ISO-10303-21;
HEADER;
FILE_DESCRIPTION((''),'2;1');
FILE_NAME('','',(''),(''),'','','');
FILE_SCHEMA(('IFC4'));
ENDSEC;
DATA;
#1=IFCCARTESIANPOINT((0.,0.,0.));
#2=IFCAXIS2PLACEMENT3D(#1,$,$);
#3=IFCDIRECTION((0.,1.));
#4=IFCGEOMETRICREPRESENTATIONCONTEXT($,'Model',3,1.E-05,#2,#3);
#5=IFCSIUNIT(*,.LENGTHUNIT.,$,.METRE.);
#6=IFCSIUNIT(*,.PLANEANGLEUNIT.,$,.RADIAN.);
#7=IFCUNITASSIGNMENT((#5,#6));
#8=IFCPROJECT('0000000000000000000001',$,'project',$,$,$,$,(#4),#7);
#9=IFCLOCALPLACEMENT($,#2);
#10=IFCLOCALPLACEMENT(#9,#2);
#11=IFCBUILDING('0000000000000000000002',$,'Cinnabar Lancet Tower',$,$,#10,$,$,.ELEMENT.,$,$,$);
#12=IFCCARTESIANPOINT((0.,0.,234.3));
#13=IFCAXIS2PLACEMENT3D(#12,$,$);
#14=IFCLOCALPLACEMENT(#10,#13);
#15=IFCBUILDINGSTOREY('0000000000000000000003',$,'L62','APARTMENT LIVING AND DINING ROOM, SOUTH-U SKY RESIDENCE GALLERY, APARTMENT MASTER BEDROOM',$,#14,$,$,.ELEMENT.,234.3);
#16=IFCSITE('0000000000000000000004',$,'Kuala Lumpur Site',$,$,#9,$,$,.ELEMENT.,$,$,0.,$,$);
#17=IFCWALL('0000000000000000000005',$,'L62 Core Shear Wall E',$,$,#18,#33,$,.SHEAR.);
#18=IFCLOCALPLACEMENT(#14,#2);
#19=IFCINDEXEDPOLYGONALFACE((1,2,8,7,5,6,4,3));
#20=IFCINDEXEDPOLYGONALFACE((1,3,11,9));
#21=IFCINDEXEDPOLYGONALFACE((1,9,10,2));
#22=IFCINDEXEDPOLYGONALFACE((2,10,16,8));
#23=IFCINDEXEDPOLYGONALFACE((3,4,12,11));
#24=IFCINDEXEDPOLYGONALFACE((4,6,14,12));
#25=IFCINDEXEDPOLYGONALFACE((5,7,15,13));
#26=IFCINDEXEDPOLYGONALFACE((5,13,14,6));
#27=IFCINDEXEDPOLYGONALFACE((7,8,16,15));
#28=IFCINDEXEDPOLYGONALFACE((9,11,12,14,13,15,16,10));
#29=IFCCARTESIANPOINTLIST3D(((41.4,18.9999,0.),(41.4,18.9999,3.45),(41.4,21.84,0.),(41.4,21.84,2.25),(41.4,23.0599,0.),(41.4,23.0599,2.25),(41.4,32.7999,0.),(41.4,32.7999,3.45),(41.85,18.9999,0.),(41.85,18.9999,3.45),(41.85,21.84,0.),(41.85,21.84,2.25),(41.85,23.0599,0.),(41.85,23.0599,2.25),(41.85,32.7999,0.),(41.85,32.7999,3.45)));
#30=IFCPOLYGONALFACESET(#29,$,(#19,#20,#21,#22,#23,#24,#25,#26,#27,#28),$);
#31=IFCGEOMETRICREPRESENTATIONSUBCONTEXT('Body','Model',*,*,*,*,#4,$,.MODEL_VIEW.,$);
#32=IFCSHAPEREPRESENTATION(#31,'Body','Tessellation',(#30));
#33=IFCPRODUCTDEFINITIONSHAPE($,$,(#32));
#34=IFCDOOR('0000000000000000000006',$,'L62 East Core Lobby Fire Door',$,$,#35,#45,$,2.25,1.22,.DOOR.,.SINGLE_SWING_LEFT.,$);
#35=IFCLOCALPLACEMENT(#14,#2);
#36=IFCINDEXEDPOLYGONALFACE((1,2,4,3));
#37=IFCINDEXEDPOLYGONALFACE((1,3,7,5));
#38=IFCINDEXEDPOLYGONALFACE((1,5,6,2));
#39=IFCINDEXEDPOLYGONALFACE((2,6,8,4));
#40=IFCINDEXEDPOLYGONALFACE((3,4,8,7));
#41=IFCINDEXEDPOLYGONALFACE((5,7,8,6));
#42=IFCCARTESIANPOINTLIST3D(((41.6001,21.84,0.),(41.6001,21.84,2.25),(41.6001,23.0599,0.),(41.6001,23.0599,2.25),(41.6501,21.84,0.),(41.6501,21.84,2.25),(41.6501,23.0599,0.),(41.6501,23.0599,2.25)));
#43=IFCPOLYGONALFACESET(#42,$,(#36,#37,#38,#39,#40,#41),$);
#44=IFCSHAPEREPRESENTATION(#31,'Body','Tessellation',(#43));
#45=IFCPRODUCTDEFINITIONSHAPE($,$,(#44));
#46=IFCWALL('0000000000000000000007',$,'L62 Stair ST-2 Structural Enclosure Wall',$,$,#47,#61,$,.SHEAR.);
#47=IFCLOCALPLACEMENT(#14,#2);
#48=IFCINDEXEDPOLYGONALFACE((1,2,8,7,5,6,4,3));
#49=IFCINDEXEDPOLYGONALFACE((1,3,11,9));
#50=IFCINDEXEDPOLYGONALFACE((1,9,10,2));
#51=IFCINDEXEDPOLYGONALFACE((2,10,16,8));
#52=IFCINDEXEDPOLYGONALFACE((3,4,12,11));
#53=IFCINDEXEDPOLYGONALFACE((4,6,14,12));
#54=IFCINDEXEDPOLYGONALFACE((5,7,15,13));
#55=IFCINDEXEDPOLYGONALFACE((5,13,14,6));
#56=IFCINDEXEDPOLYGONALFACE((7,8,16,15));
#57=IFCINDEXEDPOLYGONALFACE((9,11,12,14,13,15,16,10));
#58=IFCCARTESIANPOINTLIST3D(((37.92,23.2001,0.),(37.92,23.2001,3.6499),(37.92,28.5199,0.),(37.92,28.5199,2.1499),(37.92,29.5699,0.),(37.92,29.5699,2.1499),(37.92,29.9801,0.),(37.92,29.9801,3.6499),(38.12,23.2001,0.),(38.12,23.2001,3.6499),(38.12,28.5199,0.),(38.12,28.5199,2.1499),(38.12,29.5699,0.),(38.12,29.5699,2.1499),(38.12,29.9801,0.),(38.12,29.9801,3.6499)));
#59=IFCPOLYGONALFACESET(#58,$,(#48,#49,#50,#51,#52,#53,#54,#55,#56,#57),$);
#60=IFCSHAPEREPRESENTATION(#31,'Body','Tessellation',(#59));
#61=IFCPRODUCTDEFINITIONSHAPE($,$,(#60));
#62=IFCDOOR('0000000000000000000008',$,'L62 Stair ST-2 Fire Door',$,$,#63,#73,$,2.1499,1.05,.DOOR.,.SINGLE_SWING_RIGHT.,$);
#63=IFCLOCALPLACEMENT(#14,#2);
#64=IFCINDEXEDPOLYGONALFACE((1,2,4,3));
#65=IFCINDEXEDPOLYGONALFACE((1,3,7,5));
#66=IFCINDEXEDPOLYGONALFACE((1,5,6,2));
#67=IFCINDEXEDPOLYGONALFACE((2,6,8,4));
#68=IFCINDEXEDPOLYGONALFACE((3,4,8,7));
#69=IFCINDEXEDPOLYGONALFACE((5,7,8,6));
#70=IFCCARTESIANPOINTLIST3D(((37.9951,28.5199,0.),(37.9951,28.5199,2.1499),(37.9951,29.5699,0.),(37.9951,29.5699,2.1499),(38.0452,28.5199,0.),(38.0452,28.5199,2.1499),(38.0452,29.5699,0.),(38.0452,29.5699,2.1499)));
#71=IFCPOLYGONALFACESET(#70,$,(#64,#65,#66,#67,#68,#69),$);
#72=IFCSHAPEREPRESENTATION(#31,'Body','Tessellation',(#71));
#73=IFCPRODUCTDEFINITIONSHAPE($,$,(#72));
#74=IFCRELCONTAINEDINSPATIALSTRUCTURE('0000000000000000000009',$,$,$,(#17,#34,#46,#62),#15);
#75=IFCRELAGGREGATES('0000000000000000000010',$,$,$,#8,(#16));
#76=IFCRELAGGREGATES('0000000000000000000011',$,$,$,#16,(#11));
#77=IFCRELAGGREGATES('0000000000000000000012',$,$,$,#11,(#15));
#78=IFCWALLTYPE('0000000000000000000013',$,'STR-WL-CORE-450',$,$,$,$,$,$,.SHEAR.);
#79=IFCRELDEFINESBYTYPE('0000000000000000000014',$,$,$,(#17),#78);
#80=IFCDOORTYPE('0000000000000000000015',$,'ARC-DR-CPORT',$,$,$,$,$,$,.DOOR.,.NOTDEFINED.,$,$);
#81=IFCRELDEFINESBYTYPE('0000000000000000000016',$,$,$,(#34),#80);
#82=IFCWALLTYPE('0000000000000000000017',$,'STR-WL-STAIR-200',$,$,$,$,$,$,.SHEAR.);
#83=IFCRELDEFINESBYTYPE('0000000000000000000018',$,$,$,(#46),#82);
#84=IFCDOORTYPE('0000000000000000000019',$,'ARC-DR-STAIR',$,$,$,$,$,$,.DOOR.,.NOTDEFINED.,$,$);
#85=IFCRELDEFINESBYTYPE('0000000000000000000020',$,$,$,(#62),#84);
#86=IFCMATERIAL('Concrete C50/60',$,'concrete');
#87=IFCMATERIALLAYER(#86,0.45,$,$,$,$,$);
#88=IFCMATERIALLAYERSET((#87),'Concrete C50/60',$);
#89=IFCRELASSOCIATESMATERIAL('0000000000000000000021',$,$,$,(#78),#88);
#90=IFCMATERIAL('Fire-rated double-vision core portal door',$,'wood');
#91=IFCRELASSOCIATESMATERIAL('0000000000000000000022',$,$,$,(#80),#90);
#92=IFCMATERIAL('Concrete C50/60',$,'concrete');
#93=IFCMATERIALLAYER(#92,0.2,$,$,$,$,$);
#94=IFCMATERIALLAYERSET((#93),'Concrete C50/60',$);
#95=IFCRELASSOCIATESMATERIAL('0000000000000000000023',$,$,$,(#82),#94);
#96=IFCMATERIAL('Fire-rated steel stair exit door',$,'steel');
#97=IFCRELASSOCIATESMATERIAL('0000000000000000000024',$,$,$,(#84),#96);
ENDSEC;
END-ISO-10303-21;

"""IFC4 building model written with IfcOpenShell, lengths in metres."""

from ifc_helpers import new_model, si_unit, direction, frame, frame_2d, origin, place, context, subcontext, project, spatial, rectangle, extrude, material, layer, layer_set, type_object, element, fill, save


model = new_model("IFC4")

# Units and contexts
model_context = context("Model", 3, precision=1e-05, world=origin(), true_north=direction((0.0, 1.0)))
body_context = subcontext(model_context, "Body", "Model", "MODEL_VIEW")
ifc_project = project(units=[si_unit("LENGTHUNIT", "METRE"), si_unit("PLANEANGLEUNIT", "RADIAN")], contexts=[model_context])

# Site, building, storey
site_placement = place(None, origin())
site = spatial("IfcSite", under=ifc_project, at=site_placement, Name="Kuala Lumpur Site", CompositionType="ELEMENT", RefElevation=0.0)
building_placement = place(site_placement, origin())
building = spatial("IfcBuilding", under=site, at=building_placement, Name="Cinnabar Lancet Tower", CompositionType="ELEMENT")
storey_placement = place(building_placement, frame((0.0, 0.0, 234.3)))
storey = spatial("IfcBuildingStorey", under=building, at=storey_placement, Name="L62", Description="APARTMENT LIVING AND DINING ROOM, SOUTH-U SKY RESIDENCE GALLERY, APARTMENT MASTER BEDROOM", CompositionType="ELEMENT", Elevation=234.3)

# Walls, openings, doors
ifc_material_1 = material(Name="Concrete C50/60", Category="concrete")
ifc_layer_1 = layer(ifc_material_1, 0.45)
ifc_layer_set_1 = layer_set([ifc_layer_1], Name="Concrete C50/60")
wall_type_1 = type_object("IfcWallType", Name="STR-WL-CORE-450", PredefinedType="SHEAR", material=ifc_layer_set_1)
wall_1_placement = place(storey_placement, frame((41.625, 19.0, 0.0), z_axis=(0.0, 0.0, 1.0), x_axis=(0.0, 1.0, 0.0)))
wall_1 = element("IfcWall", 1, at=wall_1_placement, inside=storey, type_object=wall_type_1, Name="L62 Core Shear Wall E", PredefinedType="SHEAR", context=body_context, shape_type="SweptSolid", body=[
    extrude(rectangle(XDim=13.8, YDim=0.45, at=frame_2d((6.8999, 0.0))), origin(), (0.0, 0.0, 1.0), 3.45),
])
opening_1_placement = place(wall_1_placement, frame((2.8401, 0.0, 0.0)))
opening_1 = element("IfcOpeningElement", 2, at=opening_1_placement, cuts=wall_1, PredefinedType="OPENING", context=body_context, shape_type="SweptSolid", body=[
    extrude(rectangle(XDim=1.22, YDim=2.25, at=frame_2d((0.6099, 1.125))), frame((0.0, 0.2349, 0.0), z_axis=(0.0, -1.0, 0.0), x_axis=(1.0, 0.0, 0.0)), (0.0, 0.0, 1.0), 0.47),
])
ifc_material_2 = material(Name="Fire-rated double-vision core portal door", Category="wood")
door_type_1 = type_object("IfcDoorType", Name="ARC-DR-CPORT", OperationType="NOTDEFINED", PredefinedType="DOOR", material=ifc_material_2)
door_1_placement = place(opening_1_placement, origin())
door_1 = element("IfcDoor", 3, at=door_1_placement, inside=storey, type_object=door_type_1, Name="L62 East Core Lobby Fire Door", OperationType="SINGLE_SWING_LEFT", OverallHeight=2.25, OverallWidth=1.22, PredefinedType="DOOR", context=body_context, shape_type="SweptSolid", body=[
    extrude(rectangle(XDim=1.22, YDim=2.25, at=frame_2d((0.6099, 1.125))), frame((0.0, 0.0249, 0.0), z_axis=(0.0, -1.0, 0.0), x_axis=(1.0, 0.0, 0.0)), (0.0, 0.0, 1.0), 0.05),
])
fill(opening_1, door_1)
ifc_material_3 = material(Name="Concrete C50/60", Category="concrete")
ifc_layer_2 = layer(ifc_material_3, 0.2)
ifc_layer_set_2 = layer_set([ifc_layer_2], Name="Concrete C50/60")
wall_type_2 = type_object("IfcWallType", Name="STR-WL-STAIR-200", PredefinedType="SHEAR", material=ifc_layer_set_2)
wall_2_placement = place(storey_placement, frame((38.02, 23.2, 0.0), z_axis=(0.0, 0.0, 1.0), x_axis=(0.0, 1.0, 0.0)))
wall_2 = element("IfcWall", 4, at=wall_2_placement, inside=storey, type_object=wall_type_2, Name="L62 Stair ST-2 Structural Enclosure Wall", PredefinedType="SHEAR", context=body_context, shape_type="SweptSolid", body=[
    extrude(rectangle(XDim=6.78, YDim=0.2, at=frame_2d((3.3901, 0.0))), origin(), (0.0, 0.0, 1.0), 3.6499),
])
opening_2_placement = place(wall_2_placement, frame((5.3201, 0.0, 0.0)))
opening_2 = element("IfcOpeningElement", 5, at=opening_2_placement, cuts=wall_2, PredefinedType="OPENING", context=body_context, shape_type="SweptSolid", body=[
    extrude(rectangle(XDim=1.05, YDim=2.1499, at=frame_2d((0.5249, 1.075))), frame((0.0, 0.1099, 0.0), z_axis=(0.0, -1.0, 0.0), x_axis=(1.0, 0.0, 0.0)), (0.0, 0.0, 1.0), 0.22),
])
ifc_material_4 = material(Name="Fire-rated steel stair exit door", Category="steel")
door_type_2 = type_object("IfcDoorType", Name="ARC-DR-STAIR", OperationType="NOTDEFINED", PredefinedType="DOOR", material=ifc_material_4)
door_2_placement = place(opening_2_placement, origin())
door_2 = element("IfcDoor", 6, at=door_2_placement, inside=storey, type_object=door_type_2, Name="L62 Stair ST-2 Fire Door", OperationType="SINGLE_SWING_RIGHT", OverallHeight=2.1499, OverallWidth=1.05, PredefinedType="DOOR", context=body_context, shape_type="SweptSolid", body=[
    extrude(rectangle(XDim=1.05, YDim=2.1499, at=frame_2d((0.5249, 1.075))), frame((0.0, 0.0249, 0.0), z_axis=(0.0, -1.0, 0.0), x_axis=(1.0, 0.0, 0.0)), (0.0, 0.0, 1.0), 0.05),
])
fill(opening_2, door_2)

save(model, "model.ifc")
